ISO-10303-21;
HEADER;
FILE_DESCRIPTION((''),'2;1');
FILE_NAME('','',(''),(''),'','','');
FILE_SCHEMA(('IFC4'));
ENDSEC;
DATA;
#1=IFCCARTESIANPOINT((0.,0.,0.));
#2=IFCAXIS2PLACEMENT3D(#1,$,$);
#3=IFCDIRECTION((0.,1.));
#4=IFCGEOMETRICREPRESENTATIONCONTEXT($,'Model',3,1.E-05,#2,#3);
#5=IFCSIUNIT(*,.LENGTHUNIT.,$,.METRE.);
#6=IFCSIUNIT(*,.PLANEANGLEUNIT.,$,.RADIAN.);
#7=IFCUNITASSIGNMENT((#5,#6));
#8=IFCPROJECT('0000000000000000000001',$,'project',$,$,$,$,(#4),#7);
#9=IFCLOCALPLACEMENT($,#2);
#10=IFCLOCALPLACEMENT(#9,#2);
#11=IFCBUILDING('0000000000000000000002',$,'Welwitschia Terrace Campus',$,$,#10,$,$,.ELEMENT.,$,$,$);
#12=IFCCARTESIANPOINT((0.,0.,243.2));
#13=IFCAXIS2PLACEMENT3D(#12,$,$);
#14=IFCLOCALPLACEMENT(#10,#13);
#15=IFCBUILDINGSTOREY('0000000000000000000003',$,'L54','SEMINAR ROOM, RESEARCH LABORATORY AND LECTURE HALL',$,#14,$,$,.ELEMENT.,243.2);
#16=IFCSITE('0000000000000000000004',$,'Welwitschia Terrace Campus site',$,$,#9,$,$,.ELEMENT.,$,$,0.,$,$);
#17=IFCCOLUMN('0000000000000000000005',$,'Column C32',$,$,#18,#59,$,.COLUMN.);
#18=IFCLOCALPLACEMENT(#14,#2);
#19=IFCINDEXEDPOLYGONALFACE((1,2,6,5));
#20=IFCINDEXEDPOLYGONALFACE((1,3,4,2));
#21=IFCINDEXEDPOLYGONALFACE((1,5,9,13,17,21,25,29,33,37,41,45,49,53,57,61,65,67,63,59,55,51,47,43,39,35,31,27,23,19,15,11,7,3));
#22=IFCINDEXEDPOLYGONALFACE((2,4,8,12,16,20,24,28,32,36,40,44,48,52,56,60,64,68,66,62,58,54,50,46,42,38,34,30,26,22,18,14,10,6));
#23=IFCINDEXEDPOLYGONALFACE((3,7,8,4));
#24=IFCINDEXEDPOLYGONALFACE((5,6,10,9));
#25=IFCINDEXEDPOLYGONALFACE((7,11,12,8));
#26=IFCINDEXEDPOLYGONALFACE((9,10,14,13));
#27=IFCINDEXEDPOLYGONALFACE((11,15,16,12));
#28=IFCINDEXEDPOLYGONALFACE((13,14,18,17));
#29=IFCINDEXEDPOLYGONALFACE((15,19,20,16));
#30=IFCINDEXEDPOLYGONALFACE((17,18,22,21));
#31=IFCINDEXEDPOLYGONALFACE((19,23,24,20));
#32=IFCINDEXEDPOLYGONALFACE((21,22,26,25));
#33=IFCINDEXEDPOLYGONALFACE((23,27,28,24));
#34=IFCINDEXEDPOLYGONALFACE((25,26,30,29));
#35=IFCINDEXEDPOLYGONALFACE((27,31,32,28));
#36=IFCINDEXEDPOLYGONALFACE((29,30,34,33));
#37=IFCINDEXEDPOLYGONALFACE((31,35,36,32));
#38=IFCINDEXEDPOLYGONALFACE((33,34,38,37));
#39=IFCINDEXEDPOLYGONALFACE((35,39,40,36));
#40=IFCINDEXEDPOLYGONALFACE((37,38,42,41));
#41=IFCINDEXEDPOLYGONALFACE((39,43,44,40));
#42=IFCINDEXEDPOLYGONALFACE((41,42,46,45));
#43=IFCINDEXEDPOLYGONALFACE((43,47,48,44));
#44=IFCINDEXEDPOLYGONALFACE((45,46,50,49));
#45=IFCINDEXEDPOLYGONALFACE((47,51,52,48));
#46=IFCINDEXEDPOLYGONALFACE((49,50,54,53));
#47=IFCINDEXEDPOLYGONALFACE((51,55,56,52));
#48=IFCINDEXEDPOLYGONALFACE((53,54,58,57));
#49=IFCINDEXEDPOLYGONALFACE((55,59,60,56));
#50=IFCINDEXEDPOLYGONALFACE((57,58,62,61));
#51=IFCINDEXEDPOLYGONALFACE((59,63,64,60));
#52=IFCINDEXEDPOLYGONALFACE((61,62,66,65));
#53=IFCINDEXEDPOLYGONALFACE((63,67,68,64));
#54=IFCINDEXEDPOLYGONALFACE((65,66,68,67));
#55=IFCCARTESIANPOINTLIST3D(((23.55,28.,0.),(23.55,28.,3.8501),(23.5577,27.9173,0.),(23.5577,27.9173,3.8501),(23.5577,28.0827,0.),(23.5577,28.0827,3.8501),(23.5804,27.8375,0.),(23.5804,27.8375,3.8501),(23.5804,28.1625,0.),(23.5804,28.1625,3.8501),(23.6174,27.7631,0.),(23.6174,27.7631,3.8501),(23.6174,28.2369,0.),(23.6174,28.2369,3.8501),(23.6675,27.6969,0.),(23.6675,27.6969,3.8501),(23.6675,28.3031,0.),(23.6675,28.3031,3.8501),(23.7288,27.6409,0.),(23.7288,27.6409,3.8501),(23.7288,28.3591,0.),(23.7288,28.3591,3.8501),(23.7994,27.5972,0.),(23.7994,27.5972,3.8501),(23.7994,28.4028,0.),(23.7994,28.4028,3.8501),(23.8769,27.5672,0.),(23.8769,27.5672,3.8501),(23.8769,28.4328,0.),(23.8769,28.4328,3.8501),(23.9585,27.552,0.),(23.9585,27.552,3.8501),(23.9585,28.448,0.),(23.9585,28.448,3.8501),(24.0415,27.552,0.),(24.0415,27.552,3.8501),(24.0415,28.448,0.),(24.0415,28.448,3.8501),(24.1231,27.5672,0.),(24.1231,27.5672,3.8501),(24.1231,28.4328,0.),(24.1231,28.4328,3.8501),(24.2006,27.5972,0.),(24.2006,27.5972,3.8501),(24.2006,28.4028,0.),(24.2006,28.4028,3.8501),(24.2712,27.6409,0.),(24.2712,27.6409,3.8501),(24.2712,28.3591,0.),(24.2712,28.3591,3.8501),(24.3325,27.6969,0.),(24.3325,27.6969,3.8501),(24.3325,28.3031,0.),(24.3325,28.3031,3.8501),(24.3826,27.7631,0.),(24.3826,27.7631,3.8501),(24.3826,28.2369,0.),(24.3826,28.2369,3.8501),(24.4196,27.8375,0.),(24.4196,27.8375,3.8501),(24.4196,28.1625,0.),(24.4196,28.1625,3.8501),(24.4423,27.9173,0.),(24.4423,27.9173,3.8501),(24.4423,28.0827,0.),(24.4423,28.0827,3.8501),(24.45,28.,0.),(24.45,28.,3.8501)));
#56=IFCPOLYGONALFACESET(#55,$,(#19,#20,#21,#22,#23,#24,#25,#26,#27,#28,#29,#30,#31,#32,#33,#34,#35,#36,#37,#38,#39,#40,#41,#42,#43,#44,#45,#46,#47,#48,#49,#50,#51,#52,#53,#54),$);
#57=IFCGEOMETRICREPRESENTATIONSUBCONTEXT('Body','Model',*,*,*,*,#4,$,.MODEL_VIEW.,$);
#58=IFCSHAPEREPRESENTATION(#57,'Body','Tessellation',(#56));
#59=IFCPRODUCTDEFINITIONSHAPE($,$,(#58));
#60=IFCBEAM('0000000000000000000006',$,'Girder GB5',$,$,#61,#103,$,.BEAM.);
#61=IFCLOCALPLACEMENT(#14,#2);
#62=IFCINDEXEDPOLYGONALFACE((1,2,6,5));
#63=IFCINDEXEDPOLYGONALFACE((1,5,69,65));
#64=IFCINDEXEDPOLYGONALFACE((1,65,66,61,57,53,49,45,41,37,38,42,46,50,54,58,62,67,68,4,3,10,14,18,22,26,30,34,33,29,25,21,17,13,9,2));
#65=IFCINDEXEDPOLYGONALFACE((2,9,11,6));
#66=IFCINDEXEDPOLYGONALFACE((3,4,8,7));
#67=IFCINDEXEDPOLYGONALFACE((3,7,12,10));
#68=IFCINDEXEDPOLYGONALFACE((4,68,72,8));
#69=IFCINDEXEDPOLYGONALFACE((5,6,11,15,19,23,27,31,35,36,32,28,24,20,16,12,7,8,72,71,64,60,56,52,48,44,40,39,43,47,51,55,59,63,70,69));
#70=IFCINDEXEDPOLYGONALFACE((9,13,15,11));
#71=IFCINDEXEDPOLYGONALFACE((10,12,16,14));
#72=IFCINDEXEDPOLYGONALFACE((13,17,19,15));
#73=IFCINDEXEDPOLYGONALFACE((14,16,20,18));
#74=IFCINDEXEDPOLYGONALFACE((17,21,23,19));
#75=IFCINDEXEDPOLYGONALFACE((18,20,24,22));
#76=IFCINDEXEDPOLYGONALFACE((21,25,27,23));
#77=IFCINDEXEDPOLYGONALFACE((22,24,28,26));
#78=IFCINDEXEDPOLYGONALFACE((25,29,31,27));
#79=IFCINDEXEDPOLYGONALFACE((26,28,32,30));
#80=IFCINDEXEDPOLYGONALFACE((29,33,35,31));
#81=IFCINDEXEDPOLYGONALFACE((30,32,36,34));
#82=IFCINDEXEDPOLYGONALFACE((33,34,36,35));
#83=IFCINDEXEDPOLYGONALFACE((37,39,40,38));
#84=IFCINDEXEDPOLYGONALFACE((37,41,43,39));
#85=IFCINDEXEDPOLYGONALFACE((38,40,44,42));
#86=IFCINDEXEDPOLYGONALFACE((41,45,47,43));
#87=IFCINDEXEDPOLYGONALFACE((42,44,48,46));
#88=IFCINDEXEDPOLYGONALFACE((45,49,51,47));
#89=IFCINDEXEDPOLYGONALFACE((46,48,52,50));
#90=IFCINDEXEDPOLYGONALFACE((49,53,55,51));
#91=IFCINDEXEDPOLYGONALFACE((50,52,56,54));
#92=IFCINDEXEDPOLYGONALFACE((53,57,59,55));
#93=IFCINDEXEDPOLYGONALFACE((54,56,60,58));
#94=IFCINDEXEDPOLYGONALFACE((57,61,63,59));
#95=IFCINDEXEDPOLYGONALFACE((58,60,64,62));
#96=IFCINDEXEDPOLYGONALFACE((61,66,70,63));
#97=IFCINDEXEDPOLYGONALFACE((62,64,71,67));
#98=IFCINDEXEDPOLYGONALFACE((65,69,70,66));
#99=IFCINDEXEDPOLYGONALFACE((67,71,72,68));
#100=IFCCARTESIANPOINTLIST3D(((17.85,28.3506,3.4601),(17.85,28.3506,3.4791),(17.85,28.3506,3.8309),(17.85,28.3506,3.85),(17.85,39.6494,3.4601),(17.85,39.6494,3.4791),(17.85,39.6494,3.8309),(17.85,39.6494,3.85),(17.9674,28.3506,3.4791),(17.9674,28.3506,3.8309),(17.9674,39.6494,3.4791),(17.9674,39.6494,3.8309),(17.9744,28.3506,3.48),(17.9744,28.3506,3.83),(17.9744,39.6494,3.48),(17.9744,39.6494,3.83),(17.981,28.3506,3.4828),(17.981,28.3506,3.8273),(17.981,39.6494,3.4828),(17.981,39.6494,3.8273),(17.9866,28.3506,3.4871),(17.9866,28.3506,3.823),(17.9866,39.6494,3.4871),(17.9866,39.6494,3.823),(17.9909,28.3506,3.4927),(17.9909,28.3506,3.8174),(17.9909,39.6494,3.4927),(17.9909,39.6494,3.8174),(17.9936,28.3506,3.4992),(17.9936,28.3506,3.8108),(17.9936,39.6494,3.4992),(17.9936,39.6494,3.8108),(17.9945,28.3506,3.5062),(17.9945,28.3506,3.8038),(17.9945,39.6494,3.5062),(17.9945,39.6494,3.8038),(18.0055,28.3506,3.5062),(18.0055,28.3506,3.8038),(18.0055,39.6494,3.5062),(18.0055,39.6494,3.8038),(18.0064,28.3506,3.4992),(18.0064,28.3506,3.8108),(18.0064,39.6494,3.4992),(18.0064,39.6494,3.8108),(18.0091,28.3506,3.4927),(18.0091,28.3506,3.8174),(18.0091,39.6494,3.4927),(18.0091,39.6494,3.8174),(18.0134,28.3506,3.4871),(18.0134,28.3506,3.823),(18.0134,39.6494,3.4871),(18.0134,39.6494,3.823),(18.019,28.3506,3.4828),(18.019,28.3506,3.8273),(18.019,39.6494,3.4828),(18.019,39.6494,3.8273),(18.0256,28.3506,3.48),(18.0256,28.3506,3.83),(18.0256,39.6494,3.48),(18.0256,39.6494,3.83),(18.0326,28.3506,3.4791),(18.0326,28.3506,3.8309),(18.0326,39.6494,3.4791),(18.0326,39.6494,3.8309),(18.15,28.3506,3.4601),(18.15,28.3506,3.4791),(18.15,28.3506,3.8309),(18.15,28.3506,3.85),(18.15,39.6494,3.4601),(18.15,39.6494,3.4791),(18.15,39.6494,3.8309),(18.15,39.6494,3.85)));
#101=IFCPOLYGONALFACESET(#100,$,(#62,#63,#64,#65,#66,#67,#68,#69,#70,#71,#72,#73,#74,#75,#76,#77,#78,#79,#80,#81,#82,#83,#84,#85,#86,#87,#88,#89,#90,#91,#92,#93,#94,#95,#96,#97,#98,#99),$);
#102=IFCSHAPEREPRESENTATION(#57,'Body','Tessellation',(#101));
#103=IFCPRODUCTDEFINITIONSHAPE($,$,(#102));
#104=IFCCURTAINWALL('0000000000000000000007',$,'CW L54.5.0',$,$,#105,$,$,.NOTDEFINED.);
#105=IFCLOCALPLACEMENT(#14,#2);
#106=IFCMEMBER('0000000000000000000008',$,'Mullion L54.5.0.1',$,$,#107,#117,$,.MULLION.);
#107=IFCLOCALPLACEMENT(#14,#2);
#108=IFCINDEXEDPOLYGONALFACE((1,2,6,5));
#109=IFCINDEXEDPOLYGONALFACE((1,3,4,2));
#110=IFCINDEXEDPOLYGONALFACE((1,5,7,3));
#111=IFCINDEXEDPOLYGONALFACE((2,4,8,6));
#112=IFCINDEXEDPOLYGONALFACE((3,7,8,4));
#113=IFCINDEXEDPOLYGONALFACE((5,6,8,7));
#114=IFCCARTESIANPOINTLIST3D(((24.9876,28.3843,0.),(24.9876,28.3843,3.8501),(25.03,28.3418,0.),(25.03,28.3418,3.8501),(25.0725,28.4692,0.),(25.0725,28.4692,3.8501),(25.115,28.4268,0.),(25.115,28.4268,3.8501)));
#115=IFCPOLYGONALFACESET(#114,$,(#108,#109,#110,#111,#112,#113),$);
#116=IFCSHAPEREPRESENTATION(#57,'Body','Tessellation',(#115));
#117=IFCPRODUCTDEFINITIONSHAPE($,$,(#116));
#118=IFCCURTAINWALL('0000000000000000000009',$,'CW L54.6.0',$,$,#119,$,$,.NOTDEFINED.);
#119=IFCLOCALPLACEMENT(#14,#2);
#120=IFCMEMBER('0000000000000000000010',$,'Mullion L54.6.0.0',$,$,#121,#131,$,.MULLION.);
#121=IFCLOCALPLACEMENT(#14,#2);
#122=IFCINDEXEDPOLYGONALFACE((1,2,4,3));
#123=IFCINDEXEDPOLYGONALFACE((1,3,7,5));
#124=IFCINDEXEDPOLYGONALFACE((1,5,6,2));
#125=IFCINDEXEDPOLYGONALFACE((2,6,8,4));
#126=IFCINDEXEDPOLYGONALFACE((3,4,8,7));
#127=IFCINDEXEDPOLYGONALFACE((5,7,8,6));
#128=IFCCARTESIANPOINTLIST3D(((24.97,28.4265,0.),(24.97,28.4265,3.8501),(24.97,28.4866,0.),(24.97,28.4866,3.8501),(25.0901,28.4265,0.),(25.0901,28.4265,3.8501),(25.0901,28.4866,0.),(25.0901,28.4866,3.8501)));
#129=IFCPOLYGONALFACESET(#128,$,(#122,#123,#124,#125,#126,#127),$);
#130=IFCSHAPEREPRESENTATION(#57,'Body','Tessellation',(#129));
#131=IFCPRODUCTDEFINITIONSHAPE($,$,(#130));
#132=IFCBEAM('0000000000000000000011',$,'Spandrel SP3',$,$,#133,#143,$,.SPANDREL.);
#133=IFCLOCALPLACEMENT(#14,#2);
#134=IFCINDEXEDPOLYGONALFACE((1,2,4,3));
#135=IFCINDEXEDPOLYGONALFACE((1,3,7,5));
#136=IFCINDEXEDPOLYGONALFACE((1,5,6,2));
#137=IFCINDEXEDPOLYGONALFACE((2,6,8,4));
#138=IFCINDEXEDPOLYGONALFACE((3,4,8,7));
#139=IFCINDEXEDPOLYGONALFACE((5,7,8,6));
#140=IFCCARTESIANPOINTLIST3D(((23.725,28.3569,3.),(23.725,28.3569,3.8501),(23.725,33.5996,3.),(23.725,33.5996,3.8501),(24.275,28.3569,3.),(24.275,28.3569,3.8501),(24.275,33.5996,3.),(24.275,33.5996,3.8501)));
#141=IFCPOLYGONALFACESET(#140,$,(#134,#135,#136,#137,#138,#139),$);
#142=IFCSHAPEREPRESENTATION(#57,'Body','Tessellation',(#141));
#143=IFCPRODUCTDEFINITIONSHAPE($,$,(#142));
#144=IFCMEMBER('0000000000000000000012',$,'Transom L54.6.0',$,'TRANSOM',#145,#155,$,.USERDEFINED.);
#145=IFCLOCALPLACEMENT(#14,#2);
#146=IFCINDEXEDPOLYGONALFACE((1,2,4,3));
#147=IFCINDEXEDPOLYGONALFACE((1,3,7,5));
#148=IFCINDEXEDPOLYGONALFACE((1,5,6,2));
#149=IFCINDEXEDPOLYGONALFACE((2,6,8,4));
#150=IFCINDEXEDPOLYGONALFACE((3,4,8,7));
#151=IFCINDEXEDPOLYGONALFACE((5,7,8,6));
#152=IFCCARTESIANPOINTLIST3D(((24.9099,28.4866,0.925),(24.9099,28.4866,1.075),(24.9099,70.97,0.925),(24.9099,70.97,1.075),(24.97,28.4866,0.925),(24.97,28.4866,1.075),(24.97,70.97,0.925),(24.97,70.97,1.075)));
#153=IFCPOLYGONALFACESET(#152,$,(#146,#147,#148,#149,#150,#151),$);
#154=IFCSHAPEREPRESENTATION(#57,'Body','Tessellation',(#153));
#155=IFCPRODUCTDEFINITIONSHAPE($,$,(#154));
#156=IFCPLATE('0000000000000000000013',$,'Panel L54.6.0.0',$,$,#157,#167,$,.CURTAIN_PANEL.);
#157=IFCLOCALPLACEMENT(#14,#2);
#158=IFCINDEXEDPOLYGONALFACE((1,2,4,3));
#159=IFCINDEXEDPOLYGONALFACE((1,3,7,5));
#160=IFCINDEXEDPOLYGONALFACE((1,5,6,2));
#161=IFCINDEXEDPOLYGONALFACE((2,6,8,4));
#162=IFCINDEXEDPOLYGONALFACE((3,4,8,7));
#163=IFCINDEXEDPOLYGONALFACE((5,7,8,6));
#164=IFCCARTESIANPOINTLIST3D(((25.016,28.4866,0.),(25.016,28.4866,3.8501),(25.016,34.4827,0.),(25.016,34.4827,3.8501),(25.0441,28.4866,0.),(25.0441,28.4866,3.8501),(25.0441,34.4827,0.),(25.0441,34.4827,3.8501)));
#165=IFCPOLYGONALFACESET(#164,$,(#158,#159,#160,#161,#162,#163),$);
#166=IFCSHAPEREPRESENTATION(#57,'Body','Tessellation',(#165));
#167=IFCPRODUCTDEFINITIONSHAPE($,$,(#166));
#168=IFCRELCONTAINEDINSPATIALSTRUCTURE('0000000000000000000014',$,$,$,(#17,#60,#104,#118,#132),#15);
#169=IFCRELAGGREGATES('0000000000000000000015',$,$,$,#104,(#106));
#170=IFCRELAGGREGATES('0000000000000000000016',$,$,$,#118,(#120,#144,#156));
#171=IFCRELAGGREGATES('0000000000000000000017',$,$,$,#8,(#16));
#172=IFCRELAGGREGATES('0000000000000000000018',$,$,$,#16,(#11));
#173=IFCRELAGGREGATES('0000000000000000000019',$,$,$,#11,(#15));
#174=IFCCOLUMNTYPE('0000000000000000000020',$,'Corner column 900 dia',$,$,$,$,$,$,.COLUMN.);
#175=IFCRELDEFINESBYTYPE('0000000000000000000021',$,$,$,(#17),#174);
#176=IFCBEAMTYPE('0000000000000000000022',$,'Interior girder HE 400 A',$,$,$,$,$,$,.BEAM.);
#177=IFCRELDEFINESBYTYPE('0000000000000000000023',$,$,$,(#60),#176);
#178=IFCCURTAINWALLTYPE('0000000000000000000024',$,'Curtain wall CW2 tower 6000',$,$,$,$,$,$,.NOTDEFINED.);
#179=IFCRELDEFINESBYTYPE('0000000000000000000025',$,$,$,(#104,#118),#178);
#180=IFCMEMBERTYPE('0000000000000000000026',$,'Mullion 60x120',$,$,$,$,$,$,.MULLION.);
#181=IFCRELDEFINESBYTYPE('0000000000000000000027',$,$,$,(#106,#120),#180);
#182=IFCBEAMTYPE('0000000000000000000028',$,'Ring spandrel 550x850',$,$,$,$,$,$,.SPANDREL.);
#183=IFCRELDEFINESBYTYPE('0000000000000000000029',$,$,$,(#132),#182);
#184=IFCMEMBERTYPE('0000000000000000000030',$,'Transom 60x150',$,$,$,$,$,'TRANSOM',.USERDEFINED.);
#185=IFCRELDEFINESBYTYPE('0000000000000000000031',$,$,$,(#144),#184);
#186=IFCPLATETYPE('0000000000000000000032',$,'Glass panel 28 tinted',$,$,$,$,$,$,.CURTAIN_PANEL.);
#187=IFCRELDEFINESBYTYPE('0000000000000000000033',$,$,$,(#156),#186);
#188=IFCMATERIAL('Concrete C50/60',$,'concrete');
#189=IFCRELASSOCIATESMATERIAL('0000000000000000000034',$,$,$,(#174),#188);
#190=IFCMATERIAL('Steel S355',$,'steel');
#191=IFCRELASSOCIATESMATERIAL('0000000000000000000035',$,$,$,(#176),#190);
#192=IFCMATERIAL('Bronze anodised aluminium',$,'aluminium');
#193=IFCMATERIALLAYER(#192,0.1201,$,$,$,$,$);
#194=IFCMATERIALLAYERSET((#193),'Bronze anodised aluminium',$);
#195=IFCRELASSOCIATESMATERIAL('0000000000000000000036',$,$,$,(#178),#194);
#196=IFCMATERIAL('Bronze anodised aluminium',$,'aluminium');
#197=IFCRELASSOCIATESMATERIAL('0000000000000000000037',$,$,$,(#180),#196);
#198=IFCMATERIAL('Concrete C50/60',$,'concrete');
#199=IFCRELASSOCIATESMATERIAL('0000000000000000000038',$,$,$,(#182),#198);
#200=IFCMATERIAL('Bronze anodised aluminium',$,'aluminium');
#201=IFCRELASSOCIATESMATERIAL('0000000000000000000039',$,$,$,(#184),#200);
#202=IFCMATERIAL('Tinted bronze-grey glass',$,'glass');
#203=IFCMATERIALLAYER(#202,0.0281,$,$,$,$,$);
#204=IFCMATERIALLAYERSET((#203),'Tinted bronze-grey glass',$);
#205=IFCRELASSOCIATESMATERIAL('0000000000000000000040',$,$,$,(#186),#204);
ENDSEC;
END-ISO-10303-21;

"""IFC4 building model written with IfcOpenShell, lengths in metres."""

from ifc_helpers import new_model, si_unit, direction, frame, origin, origin_2d, place, context, subcontext, project, spatial, rectangle, circle, i_section, extrude, material, layer, layer_set, material_profile, profile_set, type_object, element, aggregate, save


model = new_model("IFC4")

# Units and contexts
model_context = context("Model", 3, precision=1e-05, world=origin(), true_north=direction((0.0, 1.0)))
body_context = subcontext(model_context, "Body", "Model", "MODEL_VIEW")
ifc_project = project(units=[si_unit("LENGTHUNIT", "METRE"), si_unit("PLANEANGLEUNIT", "RADIAN")], contexts=[model_context])

# Site, building, storey
site_placement = place(None, origin())
site = spatial("IfcSite", under=ifc_project, at=site_placement, Name="Welwitschia Terrace Campus site", CompositionType="ELEMENT", RefElevation=0.0)
building_placement = place(site_placement, origin())
building = spatial("IfcBuilding", under=site, at=building_placement, Name="Welwitschia Terrace Campus", CompositionType="ELEMENT")
storey_placement = place(building_placement, frame((0.0, 0.0, 243.2)))
storey = spatial("IfcBuildingStorey", under=building, at=storey_placement, Name="L54", Description="SEMINAR ROOM, RESEARCH LABORATORY AND LECTURE HALL", CompositionType="ELEMENT", Elevation=243.2)

# Column
ifc_material_1 = material(Name="Concrete C50/60", Category="concrete")
ifc_material_profile_1 = material_profile(ifc_material_1, circle(Radius=0.45, at=origin_2d()))
ifc_profile_set_1 = profile_set([ifc_material_profile_1], Name="Concrete C50/60")
column_type = type_object("IfcColumnType", Name="Corner column 900 dia", PredefinedType="COLUMN", material=ifc_profile_set_1)
column_placement = place(storey_placement, frame((24.0, 28.0, 0.0), z_axis=(0.0, 0.0, 1.0), x_axis=(1.0, 0.0, 0.0)))
element("IfcColumn", 1, at=column_placement, inside=storey, type_object=column_type, Name="Column C32", PredefinedType="COLUMN", context=body_context, shape_type="SweptSolid", body=[
    extrude(circle(Radius=0.45, at=origin_2d()), origin(), (0.0, 0.0, 1.0), 3.8501),
])

# Beam
ifc_material_2 = material(Name="Steel S355", Category="steel")
ifc_material_profile_2 = material_profile(ifc_material_2, i_section(OverallWidth=0.3, OverallDepth=0.3899, WebThickness=0.011, FlangeThickness=0.019, FilletRadius=0.0271, at=origin_2d()))
ifc_profile_set_2 = profile_set([ifc_material_profile_2], Name="Steel S355")
beam_type_1 = type_object("IfcBeamType", Name="Interior girder HE 400 A", PredefinedType="BEAM", material=ifc_profile_set_2)
beam_1_placement = place(storey_placement, frame((18.0, 28.3506, 3.655), z_axis=(0.0, 1.0, 0.0), x_axis=(-1.0, 0.0, 0.0)))
element("IfcBeam", 2, at=beam_1_placement, inside=storey, type_object=beam_type_1, Name="Girder GB5", PredefinedType="BEAM", context=body_context, shape_type="SweptSolid", body=[
    extrude(i_section(OverallWidth=0.3, OverallDepth=0.3899, WebThickness=0.011, FlangeThickness=0.019, FilletRadius=0.0271, at=origin_2d()), origin(), (0.0, 0.0, 1.0), 11.2988),
])

# Curtain walls, members
ifc_material_3 = material(Name="Bronze anodised aluminium", Category="aluminium")
ifc_layer_1 = layer(ifc_material_3, 0.1201)
ifc_layer_set_1 = layer_set([ifc_layer_1], Name="Bronze anodised aluminium")
curtain_wall_type = type_object("IfcCurtainWallType", Name="Curtain wall CW2 tower 6000", PredefinedType="NOTDEFINED", material=ifc_layer_set_1)
curtain_wall_1_placement = place(storey_placement, origin())
curtain_wall_1 = element("IfcCurtainWall", 3, at=curtain_wall_1_placement, inside=storey, type_object=curtain_wall_type, Name="CW L54.5.0", PredefinedType="NOTDEFINED")
ifc_material_4 = material(Name="Bronze anodised aluminium", Category="aluminium")
ifc_material_profile_3 = material_profile(ifc_material_4, rectangle(XDim=0.1201, YDim=0.0601, at=origin_2d()))
ifc_profile_set_3 = profile_set([ifc_material_profile_3], Name="Bronze anodised aluminium")
member_type_1 = type_object("IfcMemberType", Name="Mullion 60x120", PredefinedType="MULLION", material=ifc_profile_set_3)
member_1_placement = place(storey_placement, frame((25.0513, 28.4055, 0.0), z_axis=(0.0, 0.0, 1.0), x_axis=(-0.707107, -0.707107, 0.0)))
member_1 = element("IfcMember", 4, at=member_1_placement, type_object=member_type_1, Name="Mullion L54.5.0.1", PredefinedType="MULLION", context=body_context, shape_type="SweptSolid", body=[
    extrude(rectangle(XDim=0.1201, YDim=0.0601, at=origin_2d()), origin(), (0.0, 0.0, 1.0), 3.8501),
])
aggregate(curtain_wall_1, [member_1])
curtain_wall_2_placement = place(storey_placement, origin())
curtain_wall_2 = element("IfcCurtainWall", 5, at=curtain_wall_2_placement, inside=storey, type_object=curtain_wall_type, Name="CW L54.6.0", PredefinedType="NOTDEFINED")
member_2_placement = place(storey_placement, frame((25.03, 28.4565, 0.0), z_axis=(0.0, 0.0, 1.0), x_axis=(-1.0, 0.0, 0.0)))
member_2 = element("IfcMember", 6, at=member_2_placement, type_object=member_type_1, Name="Mullion L54.6.0.0", PredefinedType="MULLION", context=body_context, shape_type="SweptSolid", body=[
    extrude(rectangle(XDim=0.1201, YDim=0.0601, at=origin_2d()), origin(), (0.0, 0.0, 1.0), 3.8501),
])

# Beam
ifc_material_5 = material(Name="Concrete C50/60", Category="concrete")
ifc_material_profile_4 = material_profile(ifc_material_5, rectangle(XDim=0.55, YDim=0.8501, at=origin_2d()))
ifc_profile_set_4 = profile_set([ifc_material_profile_4], Name="Concrete C50/60")
beam_type_2 = type_object("IfcBeamType", Name="Ring spandrel 550x850", PredefinedType="SPANDREL", material=ifc_profile_set_4)
beam_2_placement = place(storey_placement, frame((24.0, 28.3569, 3.425), z_axis=(0.0, 1.0, 0.0), x_axis=(-1.0, 0.0, 0.0)))
element("IfcBeam", 7, at=beam_2_placement, inside=storey, type_object=beam_type_2, Name="Spandrel SP3", PredefinedType="SPANDREL", context=body_context, shape_type="SweptSolid", body=[
    extrude(rectangle(XDim=0.55, YDim=0.8501, at=origin_2d()), origin(), (0.0, 0.0, 1.0), 5.2427),
])

# Member
ifc_material_6 = material(Name="Bronze anodised aluminium", Category="aluminium")
ifc_material_profile_5 = material_profile(ifc_material_6, rectangle(XDim=0.0601, YDim=0.1499, at=origin_2d()))
ifc_profile_set_5 = profile_set([ifc_material_profile_5], Name="Bronze anodised aluminium")
member_type_2 = type_object("IfcMemberType", Name="Transom 60x150", ElementType="TRANSOM", PredefinedType="USERDEFINED", material=ifc_profile_set_5)
member_3_placement = place(storey_placement, frame((24.9399, 28.4866, 1.0), z_axis=(0.0, 1.0, 0.0), x_axis=(-1.0, 0.0, 0.0)))
member_3 = element("IfcMember", 8, at=member_3_placement, type_object=member_type_2, Name="Transom L54.6.0", ObjectType="TRANSOM", PredefinedType="USERDEFINED", context=body_context, shape_type="SweptSolid", body=[
    extrude(rectangle(XDim=0.0601, YDim=0.1499, at=origin_2d()), origin(), (0.0, 0.0, 1.0), 42.4834),
])

# Plate
ifc_material_7 = material(Name="Tinted bronze-grey glass", Category="glass")
ifc_layer_2 = layer(ifc_material_7, 0.0281)
ifc_layer_set_2 = layer_set([ifc_layer_2], Name="Tinted bronze-grey glass")
plate_type = type_object("IfcPlateType", Name="Glass panel 28 tinted", PredefinedType="CURTAIN_PANEL", material=ifc_layer_set_2)
plate_placement = place(storey_placement, frame((25.03, 31.4846, 0.0), z_axis=(0.0, 0.0, 1.0), x_axis=(0.0, 1.0, 0.0)))
plate = element("IfcPlate", 9, at=plate_placement, type_object=plate_type, Name="Panel L54.6.0.0", PredefinedType="CURTAIN_PANEL", context=body_context, shape_type="SweptSolid", body=[
    extrude(rectangle(XDim=5.9961, YDim=0.0281, at=origin_2d()), origin(), (0.0, 0.0, 1.0), 3.8501),
])
aggregate(curtain_wall_2, [member_2, member_3, plate])

save(model, "model.ifc")
